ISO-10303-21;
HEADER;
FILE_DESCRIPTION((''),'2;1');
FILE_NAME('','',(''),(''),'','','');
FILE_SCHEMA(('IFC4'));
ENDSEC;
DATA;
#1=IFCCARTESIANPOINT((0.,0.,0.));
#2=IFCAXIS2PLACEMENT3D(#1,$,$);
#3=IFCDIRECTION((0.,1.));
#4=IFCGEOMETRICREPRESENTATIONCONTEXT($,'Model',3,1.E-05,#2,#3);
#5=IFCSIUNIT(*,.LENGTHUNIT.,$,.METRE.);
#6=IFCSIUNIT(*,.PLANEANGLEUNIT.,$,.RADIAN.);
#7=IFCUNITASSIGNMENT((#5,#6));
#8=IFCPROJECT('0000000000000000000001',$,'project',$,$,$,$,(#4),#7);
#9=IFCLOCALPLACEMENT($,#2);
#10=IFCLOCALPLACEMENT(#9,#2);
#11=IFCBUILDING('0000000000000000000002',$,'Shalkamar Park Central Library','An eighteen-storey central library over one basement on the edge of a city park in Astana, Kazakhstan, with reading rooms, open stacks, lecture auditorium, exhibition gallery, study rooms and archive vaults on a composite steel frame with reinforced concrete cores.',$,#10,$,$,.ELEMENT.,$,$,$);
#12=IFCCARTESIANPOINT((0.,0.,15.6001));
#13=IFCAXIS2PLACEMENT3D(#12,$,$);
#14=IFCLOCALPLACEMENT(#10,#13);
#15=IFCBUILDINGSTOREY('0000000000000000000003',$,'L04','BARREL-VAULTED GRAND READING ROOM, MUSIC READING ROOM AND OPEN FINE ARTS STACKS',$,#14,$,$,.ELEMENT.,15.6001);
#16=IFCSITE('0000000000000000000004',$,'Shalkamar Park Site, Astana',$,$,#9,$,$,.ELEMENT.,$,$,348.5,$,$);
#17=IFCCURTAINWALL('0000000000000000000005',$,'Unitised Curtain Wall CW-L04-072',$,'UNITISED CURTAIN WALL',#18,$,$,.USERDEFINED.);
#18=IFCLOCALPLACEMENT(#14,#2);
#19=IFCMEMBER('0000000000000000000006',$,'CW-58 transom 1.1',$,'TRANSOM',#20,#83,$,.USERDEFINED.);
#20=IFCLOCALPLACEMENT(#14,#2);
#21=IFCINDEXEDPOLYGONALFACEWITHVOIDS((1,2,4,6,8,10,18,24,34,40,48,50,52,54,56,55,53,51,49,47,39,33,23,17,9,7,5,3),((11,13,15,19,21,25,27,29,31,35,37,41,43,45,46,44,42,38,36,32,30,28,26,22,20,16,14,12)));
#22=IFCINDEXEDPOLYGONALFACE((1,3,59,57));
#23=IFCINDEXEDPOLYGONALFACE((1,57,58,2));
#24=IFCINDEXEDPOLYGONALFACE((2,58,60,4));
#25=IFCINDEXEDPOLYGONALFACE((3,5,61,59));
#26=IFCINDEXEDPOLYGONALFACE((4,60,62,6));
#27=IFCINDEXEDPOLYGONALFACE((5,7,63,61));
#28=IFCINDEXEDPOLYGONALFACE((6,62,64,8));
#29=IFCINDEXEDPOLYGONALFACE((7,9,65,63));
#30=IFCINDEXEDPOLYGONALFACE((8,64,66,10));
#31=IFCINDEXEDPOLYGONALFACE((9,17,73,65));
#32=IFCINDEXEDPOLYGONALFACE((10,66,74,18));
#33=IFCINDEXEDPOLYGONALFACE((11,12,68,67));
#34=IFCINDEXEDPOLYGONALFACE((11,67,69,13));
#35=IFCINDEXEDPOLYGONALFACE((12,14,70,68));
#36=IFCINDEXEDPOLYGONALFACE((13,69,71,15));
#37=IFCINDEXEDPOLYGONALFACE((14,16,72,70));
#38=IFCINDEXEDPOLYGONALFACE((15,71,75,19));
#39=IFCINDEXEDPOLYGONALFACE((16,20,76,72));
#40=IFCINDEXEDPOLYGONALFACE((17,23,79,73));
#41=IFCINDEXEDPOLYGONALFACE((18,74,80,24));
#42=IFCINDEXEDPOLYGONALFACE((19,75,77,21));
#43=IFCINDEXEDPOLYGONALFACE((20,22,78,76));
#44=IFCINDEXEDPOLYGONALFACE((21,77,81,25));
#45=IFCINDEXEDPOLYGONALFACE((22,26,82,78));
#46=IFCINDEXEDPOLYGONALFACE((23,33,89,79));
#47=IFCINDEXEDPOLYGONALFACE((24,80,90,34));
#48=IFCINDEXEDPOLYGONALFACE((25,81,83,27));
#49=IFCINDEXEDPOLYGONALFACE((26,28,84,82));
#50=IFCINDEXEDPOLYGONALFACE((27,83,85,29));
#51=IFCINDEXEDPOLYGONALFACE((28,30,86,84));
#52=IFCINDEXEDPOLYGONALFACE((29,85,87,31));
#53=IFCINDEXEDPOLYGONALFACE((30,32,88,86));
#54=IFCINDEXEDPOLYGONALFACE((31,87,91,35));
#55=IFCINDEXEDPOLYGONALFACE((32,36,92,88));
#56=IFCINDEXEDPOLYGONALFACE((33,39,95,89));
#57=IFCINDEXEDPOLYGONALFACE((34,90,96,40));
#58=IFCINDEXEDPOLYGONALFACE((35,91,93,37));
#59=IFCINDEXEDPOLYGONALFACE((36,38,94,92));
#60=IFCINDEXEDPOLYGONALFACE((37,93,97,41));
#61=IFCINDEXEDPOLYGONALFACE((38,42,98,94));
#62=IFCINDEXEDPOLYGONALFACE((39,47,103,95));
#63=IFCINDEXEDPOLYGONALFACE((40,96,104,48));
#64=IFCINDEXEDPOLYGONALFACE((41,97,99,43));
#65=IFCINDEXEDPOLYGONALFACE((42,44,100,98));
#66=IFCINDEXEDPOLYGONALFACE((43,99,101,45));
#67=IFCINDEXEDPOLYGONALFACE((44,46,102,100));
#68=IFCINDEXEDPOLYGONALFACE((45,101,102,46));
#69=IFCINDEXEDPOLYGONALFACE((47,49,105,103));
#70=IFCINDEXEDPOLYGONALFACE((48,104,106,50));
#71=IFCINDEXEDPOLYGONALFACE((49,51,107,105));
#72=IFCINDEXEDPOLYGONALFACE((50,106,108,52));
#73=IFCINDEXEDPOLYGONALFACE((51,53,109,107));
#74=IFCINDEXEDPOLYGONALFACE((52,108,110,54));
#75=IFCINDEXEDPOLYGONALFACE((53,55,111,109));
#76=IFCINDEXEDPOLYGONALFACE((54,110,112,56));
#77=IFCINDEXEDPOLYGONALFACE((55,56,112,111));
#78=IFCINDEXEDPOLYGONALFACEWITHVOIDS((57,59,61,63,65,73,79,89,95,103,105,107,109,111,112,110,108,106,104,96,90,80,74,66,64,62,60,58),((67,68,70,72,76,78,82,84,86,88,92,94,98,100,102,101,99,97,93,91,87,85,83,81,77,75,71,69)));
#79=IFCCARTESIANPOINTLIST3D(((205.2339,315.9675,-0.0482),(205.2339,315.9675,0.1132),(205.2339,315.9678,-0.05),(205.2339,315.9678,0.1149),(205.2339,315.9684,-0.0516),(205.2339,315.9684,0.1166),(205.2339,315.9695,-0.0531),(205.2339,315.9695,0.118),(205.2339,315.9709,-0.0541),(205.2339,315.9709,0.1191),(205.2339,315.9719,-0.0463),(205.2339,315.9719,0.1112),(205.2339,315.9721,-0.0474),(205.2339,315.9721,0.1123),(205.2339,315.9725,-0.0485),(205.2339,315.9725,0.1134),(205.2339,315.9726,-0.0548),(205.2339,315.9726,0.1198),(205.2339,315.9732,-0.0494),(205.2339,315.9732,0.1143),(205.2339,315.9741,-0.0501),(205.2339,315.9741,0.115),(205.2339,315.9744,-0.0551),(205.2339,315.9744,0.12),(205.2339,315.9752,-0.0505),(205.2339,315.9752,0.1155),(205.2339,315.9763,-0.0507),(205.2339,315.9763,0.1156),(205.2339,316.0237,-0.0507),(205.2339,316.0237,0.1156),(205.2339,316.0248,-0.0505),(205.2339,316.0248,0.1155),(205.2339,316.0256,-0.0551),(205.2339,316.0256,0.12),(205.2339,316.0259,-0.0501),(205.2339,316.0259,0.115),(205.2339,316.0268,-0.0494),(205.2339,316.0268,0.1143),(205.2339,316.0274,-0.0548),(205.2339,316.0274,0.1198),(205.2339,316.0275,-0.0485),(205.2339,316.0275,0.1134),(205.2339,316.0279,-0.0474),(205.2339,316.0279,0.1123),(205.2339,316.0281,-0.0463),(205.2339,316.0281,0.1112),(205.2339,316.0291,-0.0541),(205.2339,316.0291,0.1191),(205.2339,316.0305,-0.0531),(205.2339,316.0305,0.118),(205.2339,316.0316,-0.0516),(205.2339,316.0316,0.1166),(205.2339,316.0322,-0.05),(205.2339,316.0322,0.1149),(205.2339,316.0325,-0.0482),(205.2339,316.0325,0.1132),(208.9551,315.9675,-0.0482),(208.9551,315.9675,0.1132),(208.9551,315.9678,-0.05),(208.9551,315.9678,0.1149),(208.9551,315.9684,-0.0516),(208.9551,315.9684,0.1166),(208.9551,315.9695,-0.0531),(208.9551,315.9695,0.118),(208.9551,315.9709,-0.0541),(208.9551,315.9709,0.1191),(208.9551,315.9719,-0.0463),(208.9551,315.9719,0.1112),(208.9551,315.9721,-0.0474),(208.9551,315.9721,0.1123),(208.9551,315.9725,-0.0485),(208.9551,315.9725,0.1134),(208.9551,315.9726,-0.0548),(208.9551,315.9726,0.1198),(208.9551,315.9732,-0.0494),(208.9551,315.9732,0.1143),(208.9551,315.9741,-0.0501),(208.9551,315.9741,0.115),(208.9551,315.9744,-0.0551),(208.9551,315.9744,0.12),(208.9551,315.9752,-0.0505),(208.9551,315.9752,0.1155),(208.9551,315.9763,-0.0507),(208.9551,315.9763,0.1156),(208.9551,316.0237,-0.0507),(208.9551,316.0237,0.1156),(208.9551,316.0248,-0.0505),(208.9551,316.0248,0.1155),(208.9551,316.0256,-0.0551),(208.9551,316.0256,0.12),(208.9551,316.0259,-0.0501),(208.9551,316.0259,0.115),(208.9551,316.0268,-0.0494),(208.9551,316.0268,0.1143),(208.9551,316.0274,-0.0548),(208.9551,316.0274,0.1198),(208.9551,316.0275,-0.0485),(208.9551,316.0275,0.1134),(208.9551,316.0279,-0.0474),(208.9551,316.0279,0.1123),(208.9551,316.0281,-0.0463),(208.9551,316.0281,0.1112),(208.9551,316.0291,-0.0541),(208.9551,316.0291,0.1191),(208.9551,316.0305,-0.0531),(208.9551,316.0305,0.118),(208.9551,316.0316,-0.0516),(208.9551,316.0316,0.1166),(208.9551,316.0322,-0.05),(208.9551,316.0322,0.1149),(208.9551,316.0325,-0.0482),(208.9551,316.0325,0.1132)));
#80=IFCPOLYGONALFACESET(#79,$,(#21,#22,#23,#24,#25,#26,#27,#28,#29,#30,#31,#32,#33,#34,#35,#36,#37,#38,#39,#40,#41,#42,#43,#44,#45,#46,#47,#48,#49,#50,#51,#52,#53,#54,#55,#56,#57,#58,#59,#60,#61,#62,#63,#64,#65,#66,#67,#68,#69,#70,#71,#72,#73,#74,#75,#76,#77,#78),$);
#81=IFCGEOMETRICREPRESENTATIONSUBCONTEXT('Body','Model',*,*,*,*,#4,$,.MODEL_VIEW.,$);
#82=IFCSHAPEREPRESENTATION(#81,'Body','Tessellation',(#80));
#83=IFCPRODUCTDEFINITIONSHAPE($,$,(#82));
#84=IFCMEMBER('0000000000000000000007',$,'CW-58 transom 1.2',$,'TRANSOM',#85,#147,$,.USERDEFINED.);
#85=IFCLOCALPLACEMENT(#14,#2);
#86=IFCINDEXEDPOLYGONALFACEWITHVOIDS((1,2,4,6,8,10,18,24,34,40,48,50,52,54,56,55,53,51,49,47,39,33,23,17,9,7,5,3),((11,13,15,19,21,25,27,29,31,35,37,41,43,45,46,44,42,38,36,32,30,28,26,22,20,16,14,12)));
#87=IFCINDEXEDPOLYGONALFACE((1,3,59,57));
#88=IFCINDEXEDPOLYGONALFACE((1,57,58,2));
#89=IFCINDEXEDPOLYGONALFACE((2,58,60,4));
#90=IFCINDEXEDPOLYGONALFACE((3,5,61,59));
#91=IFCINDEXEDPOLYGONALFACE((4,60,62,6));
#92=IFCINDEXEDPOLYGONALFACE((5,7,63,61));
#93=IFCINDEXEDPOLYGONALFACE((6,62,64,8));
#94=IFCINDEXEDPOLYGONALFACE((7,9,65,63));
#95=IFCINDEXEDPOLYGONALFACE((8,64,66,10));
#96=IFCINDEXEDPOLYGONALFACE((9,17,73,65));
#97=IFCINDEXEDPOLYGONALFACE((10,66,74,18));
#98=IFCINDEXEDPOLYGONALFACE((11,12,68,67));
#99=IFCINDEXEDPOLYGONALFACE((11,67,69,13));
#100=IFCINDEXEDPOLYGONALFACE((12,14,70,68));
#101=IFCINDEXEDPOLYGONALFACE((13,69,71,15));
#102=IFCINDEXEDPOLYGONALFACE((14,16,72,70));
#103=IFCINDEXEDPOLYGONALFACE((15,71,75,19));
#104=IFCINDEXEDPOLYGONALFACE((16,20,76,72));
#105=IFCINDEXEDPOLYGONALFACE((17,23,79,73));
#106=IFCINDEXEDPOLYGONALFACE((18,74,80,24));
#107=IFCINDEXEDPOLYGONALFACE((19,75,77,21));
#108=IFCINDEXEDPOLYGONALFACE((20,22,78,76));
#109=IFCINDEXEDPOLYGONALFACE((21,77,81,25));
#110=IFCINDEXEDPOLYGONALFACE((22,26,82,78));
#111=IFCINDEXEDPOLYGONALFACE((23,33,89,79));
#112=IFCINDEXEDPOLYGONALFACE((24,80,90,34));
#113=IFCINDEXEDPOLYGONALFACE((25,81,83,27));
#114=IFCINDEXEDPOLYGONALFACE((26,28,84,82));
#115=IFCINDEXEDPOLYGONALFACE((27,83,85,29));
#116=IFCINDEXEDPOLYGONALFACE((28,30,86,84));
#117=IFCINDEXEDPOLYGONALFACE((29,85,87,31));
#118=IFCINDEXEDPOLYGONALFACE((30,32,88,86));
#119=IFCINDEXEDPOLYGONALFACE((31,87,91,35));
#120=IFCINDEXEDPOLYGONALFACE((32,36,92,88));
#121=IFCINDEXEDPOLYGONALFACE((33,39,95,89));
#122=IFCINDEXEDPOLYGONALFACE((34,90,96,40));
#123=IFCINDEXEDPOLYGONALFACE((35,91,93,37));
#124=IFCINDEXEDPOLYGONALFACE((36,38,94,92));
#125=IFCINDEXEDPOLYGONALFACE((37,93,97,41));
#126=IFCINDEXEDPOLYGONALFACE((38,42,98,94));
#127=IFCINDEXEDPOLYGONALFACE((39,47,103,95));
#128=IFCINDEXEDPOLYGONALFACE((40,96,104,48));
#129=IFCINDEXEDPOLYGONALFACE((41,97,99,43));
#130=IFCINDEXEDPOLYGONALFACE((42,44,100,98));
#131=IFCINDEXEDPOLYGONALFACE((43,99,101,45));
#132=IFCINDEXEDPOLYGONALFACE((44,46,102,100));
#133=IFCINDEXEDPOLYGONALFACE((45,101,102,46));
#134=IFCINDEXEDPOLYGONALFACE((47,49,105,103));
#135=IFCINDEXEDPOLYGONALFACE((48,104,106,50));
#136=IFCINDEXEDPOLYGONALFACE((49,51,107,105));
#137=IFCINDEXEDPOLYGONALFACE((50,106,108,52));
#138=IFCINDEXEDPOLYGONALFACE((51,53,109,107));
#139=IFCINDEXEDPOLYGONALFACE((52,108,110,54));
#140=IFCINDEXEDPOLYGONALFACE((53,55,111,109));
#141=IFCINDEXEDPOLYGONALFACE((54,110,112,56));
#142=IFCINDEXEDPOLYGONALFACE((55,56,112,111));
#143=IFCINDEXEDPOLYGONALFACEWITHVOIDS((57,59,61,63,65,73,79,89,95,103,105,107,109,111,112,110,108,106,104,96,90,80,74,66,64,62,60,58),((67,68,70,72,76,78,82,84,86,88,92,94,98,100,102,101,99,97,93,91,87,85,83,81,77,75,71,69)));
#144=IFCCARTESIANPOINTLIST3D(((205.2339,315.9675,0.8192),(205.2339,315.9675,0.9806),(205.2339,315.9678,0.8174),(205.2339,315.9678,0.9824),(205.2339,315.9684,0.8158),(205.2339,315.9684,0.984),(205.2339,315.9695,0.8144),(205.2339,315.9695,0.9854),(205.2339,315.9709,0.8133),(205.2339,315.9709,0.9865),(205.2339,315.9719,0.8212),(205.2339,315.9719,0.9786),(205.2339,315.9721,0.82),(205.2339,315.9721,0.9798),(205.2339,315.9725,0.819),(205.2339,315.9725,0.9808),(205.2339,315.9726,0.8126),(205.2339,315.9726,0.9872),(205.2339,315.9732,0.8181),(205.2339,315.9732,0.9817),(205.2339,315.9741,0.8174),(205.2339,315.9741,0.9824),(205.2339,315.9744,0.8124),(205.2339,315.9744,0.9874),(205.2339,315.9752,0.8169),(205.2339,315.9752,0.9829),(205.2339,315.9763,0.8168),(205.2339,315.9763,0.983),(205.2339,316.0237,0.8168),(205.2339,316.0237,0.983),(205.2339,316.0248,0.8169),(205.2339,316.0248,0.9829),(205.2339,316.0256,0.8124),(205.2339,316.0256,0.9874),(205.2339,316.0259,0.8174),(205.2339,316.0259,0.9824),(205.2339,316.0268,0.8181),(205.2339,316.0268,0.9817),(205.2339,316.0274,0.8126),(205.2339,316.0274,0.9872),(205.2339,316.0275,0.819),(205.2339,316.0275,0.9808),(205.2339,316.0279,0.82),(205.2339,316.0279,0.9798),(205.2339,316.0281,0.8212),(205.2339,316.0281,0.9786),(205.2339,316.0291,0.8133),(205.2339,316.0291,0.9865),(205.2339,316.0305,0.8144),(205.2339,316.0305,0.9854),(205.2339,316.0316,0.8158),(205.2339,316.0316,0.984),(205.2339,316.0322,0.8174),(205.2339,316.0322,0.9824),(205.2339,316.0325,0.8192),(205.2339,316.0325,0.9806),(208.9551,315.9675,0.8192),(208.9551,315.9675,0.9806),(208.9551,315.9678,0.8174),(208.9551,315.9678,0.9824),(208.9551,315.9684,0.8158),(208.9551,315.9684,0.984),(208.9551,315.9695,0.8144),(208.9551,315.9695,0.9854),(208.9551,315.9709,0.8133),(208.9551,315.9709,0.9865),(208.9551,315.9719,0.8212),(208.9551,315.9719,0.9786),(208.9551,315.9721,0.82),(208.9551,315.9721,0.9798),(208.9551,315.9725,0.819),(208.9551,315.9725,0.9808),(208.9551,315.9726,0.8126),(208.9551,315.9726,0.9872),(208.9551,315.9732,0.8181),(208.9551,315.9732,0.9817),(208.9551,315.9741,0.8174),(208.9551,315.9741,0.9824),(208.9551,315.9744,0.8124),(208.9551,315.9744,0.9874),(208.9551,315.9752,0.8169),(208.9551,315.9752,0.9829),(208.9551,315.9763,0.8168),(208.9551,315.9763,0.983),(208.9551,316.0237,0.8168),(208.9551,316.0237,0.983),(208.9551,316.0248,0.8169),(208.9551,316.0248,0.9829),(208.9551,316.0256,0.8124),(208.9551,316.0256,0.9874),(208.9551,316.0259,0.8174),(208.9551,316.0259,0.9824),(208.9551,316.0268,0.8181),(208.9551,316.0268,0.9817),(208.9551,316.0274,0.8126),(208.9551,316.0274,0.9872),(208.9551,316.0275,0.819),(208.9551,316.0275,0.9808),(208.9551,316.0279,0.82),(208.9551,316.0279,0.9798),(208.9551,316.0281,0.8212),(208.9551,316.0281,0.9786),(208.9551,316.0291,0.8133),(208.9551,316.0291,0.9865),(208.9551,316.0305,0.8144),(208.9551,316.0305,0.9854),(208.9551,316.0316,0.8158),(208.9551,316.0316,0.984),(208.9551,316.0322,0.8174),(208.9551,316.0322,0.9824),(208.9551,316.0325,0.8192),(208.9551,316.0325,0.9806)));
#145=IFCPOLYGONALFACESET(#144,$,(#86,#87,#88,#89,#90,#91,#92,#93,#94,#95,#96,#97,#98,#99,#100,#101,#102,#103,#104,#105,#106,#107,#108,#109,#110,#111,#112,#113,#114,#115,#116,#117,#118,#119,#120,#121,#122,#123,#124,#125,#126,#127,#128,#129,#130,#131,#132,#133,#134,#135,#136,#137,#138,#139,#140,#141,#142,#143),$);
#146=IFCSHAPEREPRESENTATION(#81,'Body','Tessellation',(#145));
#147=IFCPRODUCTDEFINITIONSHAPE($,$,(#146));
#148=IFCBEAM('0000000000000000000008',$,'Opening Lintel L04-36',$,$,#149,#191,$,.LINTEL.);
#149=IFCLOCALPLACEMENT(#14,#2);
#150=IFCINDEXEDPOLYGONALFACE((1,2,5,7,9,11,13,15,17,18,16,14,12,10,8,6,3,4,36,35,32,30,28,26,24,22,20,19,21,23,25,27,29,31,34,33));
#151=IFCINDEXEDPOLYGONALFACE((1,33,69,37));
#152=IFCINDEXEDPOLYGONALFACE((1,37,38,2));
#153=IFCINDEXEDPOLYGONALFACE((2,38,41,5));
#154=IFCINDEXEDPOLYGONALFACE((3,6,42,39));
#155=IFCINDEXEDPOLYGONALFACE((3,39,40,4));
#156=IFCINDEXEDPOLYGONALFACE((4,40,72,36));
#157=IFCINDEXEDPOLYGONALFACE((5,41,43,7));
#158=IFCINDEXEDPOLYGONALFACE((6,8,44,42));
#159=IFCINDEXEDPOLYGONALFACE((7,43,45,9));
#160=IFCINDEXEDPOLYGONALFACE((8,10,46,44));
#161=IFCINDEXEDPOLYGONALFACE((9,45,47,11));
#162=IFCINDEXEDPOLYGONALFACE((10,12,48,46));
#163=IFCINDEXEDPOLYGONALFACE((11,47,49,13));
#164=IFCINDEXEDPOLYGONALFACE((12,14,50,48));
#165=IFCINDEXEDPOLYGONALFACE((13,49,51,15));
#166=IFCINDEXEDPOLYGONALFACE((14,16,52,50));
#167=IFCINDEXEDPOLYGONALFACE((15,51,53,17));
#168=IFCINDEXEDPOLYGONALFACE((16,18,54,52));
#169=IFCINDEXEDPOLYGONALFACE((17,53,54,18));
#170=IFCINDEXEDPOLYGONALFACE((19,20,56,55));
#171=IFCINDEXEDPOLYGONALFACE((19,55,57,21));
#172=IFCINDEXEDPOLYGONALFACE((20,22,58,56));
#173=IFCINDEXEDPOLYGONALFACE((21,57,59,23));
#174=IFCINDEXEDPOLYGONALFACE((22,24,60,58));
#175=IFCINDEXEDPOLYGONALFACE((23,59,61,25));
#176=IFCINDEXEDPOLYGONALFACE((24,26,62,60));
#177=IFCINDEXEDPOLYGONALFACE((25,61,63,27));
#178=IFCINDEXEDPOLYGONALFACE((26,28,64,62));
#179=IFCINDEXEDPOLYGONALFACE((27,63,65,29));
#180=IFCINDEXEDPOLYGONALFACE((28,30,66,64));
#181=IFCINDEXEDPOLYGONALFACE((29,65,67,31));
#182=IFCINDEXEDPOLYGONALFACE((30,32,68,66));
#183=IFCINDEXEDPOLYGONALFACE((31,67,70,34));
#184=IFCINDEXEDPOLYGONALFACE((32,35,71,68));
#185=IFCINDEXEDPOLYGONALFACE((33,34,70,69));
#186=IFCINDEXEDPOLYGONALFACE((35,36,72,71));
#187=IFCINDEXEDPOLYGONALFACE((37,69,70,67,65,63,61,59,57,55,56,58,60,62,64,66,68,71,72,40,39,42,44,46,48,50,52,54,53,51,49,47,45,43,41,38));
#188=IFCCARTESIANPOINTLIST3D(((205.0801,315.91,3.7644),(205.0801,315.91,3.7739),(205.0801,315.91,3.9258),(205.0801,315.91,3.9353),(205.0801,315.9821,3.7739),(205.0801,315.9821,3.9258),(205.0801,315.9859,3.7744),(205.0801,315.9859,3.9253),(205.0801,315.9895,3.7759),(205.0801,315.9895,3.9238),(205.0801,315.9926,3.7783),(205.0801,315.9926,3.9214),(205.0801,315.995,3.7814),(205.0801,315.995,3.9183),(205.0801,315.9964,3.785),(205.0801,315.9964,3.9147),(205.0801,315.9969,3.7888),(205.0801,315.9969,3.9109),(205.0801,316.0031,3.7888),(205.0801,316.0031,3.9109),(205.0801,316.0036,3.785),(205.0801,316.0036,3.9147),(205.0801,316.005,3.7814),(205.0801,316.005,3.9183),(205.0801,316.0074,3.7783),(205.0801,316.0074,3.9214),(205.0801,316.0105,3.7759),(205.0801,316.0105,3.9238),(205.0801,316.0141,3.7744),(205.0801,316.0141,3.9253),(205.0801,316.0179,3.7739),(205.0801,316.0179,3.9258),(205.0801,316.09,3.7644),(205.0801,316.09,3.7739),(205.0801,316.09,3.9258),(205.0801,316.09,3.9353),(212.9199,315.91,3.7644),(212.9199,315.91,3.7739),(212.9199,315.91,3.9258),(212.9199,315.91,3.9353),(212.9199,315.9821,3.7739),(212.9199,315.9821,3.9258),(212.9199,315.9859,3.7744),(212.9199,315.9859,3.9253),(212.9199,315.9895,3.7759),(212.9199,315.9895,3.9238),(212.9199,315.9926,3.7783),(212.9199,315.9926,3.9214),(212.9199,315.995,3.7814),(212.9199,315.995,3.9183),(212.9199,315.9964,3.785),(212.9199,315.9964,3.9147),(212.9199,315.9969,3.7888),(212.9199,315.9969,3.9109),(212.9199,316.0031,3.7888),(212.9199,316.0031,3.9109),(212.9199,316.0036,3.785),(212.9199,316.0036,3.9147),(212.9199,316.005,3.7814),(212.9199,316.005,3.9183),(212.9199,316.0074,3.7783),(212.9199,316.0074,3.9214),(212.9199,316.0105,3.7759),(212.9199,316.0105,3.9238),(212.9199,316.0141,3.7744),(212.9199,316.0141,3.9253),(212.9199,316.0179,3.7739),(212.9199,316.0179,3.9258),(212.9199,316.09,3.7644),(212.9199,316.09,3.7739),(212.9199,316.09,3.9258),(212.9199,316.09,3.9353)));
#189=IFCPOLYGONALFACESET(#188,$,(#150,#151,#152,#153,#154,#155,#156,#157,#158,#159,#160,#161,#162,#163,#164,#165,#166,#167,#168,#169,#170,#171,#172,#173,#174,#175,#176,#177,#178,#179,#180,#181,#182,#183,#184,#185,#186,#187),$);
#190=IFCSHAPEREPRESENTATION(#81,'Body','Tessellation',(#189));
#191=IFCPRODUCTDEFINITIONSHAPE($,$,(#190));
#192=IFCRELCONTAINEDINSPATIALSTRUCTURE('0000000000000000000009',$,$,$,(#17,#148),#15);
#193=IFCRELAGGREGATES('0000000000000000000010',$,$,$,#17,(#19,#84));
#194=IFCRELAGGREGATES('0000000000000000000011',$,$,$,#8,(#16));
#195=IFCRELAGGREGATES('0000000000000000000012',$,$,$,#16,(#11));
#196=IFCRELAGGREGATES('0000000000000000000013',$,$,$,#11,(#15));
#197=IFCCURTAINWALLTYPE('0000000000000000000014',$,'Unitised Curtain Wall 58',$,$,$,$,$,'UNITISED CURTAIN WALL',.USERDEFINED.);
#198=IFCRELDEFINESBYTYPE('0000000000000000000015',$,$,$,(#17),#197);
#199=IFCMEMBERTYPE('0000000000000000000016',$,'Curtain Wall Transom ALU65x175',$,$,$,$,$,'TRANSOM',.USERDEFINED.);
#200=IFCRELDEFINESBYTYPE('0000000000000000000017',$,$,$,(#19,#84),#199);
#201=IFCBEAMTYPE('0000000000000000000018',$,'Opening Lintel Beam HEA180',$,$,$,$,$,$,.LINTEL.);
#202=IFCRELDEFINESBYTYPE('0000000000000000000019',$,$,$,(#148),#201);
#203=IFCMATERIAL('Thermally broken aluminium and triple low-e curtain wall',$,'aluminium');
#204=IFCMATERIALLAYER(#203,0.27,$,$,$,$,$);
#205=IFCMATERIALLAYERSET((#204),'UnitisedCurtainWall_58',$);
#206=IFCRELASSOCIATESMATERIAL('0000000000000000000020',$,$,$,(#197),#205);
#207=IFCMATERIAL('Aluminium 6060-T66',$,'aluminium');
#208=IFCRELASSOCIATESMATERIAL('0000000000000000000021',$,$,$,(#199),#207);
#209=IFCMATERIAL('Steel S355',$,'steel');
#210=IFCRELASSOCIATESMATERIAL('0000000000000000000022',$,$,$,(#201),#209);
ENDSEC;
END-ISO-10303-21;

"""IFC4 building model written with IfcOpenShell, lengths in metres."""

from ifc_helpers import new_model, si_unit, direction, frame, origin, origin_2d, place, context, subcontext, project, spatial, hollow_rectangle, i_section, extrude, material, layer, layer_set, material_profile, profile_set, type_object, element, aggregate, save


model = new_model("IFC4")

# Units and contexts
model_context = context("Model", 3, precision=1e-05, world=origin(), true_north=direction((0.0, 1.0)))
body_context = subcontext(model_context, "Body", "Model", "MODEL_VIEW")
ifc_project = project(units=[si_unit("LENGTHUNIT", "METRE"), si_unit("PLANEANGLEUNIT", "RADIAN")], contexts=[model_context])

# Site, building, storey
site_placement = place(None, origin())
site = spatial("IfcSite", under=ifc_project, at=site_placement, Name="Shalkamar Park Site, Astana", CompositionType="ELEMENT", RefElevation=348.5)
building_placement = place(site_placement, origin())
building = spatial("IfcBuilding", under=site, at=building_placement, Name="Shalkamar Park Central Library", Description="An eighteen-storey central library over one basement on the edge of a city park in Astana, Kazakhstan, with reading rooms, open stacks, lecture auditorium, exhibition gallery, study rooms and archive vaults on a composite steel frame with reinforced concrete cores.", CompositionType="ELEMENT")
storey_placement = place(building_placement, frame((0.0, 0.0, 15.6001)))
storey = spatial("IfcBuildingStorey", under=building, at=storey_placement, Name="L04", Description="BARREL-VAULTED GRAND READING ROOM, MUSIC READING ROOM AND OPEN FINE ARTS STACKS", CompositionType="ELEMENT", Elevation=15.6001)

# Shared definitions
ifc_material_1 = material(Name="Steel S355", Category="steel")

# Shared definitions
ifc_material_2 = material(Name="Thermally broken aluminium and triple low-e curtain wall", Category="aluminium")
ifc_material_3 = material(Name="Aluminium 6060-T66", Category="aluminium")

# Curtain wall
ifc_layer_1 = layer(ifc_material_2, 0.27)
ifc_layer_set_1 = layer_set([ifc_layer_1], Name="UnitisedCurtainWall_58")
curtain_wall_type_1 = type_object("IfcCurtainWallType", Name="Unitised Curtain Wall 58", ElementType="UNITISED CURTAIN WALL", PredefinedType="USERDEFINED", material=ifc_layer_set_1)
curtain_wall_1_placement = place(storey_placement, origin())
curtain_wall_1 = element("IfcCurtainWall", 1, at=curtain_wall_1_placement, inside=storey, type_object=curtain_wall_type_1, Name="Unitised Curtain Wall CW-L04-072", ObjectType="UNITISED CURTAIN WALL", PredefinedType="USERDEFINED")

# Members
ifc_material_profile_1 = material_profile(ifc_material_3, hollow_rectangle(XDim=0.0649, YDim=0.175, WallThickness=0.0044, InnerFilletRadius=0.0044, OuterFilletRadius=0.0068, at=origin_2d()), Name="ALU 65x175x4.5")
ifc_profile_set_1 = profile_set([ifc_material_profile_1], Name="Aluminium 6060-T66")
member_type_1 = type_object("IfcMemberType", Name="Curtain Wall Transom ALU65x175", ElementType="TRANSOM", PredefinedType="USERDEFINED", material=ifc_profile_set_1)
member_1_placement = place(storey_placement, frame((205.2339, 316.0, 0.0325), z_axis=(1.0, 0.0, 0.0), x_axis=(0.0, 1.0, 0.0)))
member_1 = element("IfcMember", 2, at=member_1_placement, type_object=member_type_1, Name="CW-58 transom 1.1", ObjectType="TRANSOM", PredefinedType="USERDEFINED", context=body_context, shape_type="SweptSolid", body=[
    extrude(hollow_rectangle(XDim=0.0649, YDim=0.175, WallThickness=0.0044, InnerFilletRadius=0.0044, OuterFilletRadius=0.0068, at=origin_2d()), origin(), (0.0, 0.0, 1.0), 3.7212),
])
member_2_placement = place(storey_placement, frame((205.2339, 316.0, 0.8999), z_axis=(1.0, 0.0, 0.0), x_axis=(0.0, 1.0, 0.0)))
member_2 = element("IfcMember", 3, at=member_2_placement, type_object=member_type_1, Name="CW-58 transom 1.2", ObjectType="TRANSOM", PredefinedType="USERDEFINED", context=body_context, shape_type="SweptSolid", body=[
    extrude(hollow_rectangle(XDim=0.0649, YDim=0.175, WallThickness=0.0044, InnerFilletRadius=0.0044, OuterFilletRadius=0.0068, at=origin_2d()), origin(), (0.0, 0.0, 1.0), 3.7212),
])
aggregate(curtain_wall_1, [member_1, member_2])

# Beam
ifc_material_profile_2 = material_profile(ifc_material_1, i_section(OverallWidth=0.1799, OverallDepth=0.1709, WebThickness=0.0061, FlangeThickness=0.0095, FilletRadius=0.0149, at=origin_2d()), Name="HEA 180")
ifc_profile_set_2 = profile_set([ifc_material_profile_2], Name="Steel S355")
beam_type_1 = type_object("IfcBeamType", Name="Opening Lintel Beam HEA180", PredefinedType="LINTEL", material=ifc_profile_set_2)
beam_placement = place(storey_placement, frame((205.0801, 316.0, 3.8499), z_axis=(1.0, 0.0, 0.0), x_axis=(0.0, 1.0, 0.0)))
element("IfcBeam", 4, at=beam_placement, inside=storey, type_object=beam_type_1, Name="Opening Lintel L04-36", PredefinedType="LINTEL", context=body_context, shape_type="SweptSolid", body=[
    extrude(i_section(OverallWidth=0.1799, OverallDepth=0.1709, WebThickness=0.0061, FlangeThickness=0.0095, FilletRadius=0.0149, at=origin_2d()), origin(), (0.0, 0.0, 1.0), 7.8398),
])

save(model, "model.ifc")
